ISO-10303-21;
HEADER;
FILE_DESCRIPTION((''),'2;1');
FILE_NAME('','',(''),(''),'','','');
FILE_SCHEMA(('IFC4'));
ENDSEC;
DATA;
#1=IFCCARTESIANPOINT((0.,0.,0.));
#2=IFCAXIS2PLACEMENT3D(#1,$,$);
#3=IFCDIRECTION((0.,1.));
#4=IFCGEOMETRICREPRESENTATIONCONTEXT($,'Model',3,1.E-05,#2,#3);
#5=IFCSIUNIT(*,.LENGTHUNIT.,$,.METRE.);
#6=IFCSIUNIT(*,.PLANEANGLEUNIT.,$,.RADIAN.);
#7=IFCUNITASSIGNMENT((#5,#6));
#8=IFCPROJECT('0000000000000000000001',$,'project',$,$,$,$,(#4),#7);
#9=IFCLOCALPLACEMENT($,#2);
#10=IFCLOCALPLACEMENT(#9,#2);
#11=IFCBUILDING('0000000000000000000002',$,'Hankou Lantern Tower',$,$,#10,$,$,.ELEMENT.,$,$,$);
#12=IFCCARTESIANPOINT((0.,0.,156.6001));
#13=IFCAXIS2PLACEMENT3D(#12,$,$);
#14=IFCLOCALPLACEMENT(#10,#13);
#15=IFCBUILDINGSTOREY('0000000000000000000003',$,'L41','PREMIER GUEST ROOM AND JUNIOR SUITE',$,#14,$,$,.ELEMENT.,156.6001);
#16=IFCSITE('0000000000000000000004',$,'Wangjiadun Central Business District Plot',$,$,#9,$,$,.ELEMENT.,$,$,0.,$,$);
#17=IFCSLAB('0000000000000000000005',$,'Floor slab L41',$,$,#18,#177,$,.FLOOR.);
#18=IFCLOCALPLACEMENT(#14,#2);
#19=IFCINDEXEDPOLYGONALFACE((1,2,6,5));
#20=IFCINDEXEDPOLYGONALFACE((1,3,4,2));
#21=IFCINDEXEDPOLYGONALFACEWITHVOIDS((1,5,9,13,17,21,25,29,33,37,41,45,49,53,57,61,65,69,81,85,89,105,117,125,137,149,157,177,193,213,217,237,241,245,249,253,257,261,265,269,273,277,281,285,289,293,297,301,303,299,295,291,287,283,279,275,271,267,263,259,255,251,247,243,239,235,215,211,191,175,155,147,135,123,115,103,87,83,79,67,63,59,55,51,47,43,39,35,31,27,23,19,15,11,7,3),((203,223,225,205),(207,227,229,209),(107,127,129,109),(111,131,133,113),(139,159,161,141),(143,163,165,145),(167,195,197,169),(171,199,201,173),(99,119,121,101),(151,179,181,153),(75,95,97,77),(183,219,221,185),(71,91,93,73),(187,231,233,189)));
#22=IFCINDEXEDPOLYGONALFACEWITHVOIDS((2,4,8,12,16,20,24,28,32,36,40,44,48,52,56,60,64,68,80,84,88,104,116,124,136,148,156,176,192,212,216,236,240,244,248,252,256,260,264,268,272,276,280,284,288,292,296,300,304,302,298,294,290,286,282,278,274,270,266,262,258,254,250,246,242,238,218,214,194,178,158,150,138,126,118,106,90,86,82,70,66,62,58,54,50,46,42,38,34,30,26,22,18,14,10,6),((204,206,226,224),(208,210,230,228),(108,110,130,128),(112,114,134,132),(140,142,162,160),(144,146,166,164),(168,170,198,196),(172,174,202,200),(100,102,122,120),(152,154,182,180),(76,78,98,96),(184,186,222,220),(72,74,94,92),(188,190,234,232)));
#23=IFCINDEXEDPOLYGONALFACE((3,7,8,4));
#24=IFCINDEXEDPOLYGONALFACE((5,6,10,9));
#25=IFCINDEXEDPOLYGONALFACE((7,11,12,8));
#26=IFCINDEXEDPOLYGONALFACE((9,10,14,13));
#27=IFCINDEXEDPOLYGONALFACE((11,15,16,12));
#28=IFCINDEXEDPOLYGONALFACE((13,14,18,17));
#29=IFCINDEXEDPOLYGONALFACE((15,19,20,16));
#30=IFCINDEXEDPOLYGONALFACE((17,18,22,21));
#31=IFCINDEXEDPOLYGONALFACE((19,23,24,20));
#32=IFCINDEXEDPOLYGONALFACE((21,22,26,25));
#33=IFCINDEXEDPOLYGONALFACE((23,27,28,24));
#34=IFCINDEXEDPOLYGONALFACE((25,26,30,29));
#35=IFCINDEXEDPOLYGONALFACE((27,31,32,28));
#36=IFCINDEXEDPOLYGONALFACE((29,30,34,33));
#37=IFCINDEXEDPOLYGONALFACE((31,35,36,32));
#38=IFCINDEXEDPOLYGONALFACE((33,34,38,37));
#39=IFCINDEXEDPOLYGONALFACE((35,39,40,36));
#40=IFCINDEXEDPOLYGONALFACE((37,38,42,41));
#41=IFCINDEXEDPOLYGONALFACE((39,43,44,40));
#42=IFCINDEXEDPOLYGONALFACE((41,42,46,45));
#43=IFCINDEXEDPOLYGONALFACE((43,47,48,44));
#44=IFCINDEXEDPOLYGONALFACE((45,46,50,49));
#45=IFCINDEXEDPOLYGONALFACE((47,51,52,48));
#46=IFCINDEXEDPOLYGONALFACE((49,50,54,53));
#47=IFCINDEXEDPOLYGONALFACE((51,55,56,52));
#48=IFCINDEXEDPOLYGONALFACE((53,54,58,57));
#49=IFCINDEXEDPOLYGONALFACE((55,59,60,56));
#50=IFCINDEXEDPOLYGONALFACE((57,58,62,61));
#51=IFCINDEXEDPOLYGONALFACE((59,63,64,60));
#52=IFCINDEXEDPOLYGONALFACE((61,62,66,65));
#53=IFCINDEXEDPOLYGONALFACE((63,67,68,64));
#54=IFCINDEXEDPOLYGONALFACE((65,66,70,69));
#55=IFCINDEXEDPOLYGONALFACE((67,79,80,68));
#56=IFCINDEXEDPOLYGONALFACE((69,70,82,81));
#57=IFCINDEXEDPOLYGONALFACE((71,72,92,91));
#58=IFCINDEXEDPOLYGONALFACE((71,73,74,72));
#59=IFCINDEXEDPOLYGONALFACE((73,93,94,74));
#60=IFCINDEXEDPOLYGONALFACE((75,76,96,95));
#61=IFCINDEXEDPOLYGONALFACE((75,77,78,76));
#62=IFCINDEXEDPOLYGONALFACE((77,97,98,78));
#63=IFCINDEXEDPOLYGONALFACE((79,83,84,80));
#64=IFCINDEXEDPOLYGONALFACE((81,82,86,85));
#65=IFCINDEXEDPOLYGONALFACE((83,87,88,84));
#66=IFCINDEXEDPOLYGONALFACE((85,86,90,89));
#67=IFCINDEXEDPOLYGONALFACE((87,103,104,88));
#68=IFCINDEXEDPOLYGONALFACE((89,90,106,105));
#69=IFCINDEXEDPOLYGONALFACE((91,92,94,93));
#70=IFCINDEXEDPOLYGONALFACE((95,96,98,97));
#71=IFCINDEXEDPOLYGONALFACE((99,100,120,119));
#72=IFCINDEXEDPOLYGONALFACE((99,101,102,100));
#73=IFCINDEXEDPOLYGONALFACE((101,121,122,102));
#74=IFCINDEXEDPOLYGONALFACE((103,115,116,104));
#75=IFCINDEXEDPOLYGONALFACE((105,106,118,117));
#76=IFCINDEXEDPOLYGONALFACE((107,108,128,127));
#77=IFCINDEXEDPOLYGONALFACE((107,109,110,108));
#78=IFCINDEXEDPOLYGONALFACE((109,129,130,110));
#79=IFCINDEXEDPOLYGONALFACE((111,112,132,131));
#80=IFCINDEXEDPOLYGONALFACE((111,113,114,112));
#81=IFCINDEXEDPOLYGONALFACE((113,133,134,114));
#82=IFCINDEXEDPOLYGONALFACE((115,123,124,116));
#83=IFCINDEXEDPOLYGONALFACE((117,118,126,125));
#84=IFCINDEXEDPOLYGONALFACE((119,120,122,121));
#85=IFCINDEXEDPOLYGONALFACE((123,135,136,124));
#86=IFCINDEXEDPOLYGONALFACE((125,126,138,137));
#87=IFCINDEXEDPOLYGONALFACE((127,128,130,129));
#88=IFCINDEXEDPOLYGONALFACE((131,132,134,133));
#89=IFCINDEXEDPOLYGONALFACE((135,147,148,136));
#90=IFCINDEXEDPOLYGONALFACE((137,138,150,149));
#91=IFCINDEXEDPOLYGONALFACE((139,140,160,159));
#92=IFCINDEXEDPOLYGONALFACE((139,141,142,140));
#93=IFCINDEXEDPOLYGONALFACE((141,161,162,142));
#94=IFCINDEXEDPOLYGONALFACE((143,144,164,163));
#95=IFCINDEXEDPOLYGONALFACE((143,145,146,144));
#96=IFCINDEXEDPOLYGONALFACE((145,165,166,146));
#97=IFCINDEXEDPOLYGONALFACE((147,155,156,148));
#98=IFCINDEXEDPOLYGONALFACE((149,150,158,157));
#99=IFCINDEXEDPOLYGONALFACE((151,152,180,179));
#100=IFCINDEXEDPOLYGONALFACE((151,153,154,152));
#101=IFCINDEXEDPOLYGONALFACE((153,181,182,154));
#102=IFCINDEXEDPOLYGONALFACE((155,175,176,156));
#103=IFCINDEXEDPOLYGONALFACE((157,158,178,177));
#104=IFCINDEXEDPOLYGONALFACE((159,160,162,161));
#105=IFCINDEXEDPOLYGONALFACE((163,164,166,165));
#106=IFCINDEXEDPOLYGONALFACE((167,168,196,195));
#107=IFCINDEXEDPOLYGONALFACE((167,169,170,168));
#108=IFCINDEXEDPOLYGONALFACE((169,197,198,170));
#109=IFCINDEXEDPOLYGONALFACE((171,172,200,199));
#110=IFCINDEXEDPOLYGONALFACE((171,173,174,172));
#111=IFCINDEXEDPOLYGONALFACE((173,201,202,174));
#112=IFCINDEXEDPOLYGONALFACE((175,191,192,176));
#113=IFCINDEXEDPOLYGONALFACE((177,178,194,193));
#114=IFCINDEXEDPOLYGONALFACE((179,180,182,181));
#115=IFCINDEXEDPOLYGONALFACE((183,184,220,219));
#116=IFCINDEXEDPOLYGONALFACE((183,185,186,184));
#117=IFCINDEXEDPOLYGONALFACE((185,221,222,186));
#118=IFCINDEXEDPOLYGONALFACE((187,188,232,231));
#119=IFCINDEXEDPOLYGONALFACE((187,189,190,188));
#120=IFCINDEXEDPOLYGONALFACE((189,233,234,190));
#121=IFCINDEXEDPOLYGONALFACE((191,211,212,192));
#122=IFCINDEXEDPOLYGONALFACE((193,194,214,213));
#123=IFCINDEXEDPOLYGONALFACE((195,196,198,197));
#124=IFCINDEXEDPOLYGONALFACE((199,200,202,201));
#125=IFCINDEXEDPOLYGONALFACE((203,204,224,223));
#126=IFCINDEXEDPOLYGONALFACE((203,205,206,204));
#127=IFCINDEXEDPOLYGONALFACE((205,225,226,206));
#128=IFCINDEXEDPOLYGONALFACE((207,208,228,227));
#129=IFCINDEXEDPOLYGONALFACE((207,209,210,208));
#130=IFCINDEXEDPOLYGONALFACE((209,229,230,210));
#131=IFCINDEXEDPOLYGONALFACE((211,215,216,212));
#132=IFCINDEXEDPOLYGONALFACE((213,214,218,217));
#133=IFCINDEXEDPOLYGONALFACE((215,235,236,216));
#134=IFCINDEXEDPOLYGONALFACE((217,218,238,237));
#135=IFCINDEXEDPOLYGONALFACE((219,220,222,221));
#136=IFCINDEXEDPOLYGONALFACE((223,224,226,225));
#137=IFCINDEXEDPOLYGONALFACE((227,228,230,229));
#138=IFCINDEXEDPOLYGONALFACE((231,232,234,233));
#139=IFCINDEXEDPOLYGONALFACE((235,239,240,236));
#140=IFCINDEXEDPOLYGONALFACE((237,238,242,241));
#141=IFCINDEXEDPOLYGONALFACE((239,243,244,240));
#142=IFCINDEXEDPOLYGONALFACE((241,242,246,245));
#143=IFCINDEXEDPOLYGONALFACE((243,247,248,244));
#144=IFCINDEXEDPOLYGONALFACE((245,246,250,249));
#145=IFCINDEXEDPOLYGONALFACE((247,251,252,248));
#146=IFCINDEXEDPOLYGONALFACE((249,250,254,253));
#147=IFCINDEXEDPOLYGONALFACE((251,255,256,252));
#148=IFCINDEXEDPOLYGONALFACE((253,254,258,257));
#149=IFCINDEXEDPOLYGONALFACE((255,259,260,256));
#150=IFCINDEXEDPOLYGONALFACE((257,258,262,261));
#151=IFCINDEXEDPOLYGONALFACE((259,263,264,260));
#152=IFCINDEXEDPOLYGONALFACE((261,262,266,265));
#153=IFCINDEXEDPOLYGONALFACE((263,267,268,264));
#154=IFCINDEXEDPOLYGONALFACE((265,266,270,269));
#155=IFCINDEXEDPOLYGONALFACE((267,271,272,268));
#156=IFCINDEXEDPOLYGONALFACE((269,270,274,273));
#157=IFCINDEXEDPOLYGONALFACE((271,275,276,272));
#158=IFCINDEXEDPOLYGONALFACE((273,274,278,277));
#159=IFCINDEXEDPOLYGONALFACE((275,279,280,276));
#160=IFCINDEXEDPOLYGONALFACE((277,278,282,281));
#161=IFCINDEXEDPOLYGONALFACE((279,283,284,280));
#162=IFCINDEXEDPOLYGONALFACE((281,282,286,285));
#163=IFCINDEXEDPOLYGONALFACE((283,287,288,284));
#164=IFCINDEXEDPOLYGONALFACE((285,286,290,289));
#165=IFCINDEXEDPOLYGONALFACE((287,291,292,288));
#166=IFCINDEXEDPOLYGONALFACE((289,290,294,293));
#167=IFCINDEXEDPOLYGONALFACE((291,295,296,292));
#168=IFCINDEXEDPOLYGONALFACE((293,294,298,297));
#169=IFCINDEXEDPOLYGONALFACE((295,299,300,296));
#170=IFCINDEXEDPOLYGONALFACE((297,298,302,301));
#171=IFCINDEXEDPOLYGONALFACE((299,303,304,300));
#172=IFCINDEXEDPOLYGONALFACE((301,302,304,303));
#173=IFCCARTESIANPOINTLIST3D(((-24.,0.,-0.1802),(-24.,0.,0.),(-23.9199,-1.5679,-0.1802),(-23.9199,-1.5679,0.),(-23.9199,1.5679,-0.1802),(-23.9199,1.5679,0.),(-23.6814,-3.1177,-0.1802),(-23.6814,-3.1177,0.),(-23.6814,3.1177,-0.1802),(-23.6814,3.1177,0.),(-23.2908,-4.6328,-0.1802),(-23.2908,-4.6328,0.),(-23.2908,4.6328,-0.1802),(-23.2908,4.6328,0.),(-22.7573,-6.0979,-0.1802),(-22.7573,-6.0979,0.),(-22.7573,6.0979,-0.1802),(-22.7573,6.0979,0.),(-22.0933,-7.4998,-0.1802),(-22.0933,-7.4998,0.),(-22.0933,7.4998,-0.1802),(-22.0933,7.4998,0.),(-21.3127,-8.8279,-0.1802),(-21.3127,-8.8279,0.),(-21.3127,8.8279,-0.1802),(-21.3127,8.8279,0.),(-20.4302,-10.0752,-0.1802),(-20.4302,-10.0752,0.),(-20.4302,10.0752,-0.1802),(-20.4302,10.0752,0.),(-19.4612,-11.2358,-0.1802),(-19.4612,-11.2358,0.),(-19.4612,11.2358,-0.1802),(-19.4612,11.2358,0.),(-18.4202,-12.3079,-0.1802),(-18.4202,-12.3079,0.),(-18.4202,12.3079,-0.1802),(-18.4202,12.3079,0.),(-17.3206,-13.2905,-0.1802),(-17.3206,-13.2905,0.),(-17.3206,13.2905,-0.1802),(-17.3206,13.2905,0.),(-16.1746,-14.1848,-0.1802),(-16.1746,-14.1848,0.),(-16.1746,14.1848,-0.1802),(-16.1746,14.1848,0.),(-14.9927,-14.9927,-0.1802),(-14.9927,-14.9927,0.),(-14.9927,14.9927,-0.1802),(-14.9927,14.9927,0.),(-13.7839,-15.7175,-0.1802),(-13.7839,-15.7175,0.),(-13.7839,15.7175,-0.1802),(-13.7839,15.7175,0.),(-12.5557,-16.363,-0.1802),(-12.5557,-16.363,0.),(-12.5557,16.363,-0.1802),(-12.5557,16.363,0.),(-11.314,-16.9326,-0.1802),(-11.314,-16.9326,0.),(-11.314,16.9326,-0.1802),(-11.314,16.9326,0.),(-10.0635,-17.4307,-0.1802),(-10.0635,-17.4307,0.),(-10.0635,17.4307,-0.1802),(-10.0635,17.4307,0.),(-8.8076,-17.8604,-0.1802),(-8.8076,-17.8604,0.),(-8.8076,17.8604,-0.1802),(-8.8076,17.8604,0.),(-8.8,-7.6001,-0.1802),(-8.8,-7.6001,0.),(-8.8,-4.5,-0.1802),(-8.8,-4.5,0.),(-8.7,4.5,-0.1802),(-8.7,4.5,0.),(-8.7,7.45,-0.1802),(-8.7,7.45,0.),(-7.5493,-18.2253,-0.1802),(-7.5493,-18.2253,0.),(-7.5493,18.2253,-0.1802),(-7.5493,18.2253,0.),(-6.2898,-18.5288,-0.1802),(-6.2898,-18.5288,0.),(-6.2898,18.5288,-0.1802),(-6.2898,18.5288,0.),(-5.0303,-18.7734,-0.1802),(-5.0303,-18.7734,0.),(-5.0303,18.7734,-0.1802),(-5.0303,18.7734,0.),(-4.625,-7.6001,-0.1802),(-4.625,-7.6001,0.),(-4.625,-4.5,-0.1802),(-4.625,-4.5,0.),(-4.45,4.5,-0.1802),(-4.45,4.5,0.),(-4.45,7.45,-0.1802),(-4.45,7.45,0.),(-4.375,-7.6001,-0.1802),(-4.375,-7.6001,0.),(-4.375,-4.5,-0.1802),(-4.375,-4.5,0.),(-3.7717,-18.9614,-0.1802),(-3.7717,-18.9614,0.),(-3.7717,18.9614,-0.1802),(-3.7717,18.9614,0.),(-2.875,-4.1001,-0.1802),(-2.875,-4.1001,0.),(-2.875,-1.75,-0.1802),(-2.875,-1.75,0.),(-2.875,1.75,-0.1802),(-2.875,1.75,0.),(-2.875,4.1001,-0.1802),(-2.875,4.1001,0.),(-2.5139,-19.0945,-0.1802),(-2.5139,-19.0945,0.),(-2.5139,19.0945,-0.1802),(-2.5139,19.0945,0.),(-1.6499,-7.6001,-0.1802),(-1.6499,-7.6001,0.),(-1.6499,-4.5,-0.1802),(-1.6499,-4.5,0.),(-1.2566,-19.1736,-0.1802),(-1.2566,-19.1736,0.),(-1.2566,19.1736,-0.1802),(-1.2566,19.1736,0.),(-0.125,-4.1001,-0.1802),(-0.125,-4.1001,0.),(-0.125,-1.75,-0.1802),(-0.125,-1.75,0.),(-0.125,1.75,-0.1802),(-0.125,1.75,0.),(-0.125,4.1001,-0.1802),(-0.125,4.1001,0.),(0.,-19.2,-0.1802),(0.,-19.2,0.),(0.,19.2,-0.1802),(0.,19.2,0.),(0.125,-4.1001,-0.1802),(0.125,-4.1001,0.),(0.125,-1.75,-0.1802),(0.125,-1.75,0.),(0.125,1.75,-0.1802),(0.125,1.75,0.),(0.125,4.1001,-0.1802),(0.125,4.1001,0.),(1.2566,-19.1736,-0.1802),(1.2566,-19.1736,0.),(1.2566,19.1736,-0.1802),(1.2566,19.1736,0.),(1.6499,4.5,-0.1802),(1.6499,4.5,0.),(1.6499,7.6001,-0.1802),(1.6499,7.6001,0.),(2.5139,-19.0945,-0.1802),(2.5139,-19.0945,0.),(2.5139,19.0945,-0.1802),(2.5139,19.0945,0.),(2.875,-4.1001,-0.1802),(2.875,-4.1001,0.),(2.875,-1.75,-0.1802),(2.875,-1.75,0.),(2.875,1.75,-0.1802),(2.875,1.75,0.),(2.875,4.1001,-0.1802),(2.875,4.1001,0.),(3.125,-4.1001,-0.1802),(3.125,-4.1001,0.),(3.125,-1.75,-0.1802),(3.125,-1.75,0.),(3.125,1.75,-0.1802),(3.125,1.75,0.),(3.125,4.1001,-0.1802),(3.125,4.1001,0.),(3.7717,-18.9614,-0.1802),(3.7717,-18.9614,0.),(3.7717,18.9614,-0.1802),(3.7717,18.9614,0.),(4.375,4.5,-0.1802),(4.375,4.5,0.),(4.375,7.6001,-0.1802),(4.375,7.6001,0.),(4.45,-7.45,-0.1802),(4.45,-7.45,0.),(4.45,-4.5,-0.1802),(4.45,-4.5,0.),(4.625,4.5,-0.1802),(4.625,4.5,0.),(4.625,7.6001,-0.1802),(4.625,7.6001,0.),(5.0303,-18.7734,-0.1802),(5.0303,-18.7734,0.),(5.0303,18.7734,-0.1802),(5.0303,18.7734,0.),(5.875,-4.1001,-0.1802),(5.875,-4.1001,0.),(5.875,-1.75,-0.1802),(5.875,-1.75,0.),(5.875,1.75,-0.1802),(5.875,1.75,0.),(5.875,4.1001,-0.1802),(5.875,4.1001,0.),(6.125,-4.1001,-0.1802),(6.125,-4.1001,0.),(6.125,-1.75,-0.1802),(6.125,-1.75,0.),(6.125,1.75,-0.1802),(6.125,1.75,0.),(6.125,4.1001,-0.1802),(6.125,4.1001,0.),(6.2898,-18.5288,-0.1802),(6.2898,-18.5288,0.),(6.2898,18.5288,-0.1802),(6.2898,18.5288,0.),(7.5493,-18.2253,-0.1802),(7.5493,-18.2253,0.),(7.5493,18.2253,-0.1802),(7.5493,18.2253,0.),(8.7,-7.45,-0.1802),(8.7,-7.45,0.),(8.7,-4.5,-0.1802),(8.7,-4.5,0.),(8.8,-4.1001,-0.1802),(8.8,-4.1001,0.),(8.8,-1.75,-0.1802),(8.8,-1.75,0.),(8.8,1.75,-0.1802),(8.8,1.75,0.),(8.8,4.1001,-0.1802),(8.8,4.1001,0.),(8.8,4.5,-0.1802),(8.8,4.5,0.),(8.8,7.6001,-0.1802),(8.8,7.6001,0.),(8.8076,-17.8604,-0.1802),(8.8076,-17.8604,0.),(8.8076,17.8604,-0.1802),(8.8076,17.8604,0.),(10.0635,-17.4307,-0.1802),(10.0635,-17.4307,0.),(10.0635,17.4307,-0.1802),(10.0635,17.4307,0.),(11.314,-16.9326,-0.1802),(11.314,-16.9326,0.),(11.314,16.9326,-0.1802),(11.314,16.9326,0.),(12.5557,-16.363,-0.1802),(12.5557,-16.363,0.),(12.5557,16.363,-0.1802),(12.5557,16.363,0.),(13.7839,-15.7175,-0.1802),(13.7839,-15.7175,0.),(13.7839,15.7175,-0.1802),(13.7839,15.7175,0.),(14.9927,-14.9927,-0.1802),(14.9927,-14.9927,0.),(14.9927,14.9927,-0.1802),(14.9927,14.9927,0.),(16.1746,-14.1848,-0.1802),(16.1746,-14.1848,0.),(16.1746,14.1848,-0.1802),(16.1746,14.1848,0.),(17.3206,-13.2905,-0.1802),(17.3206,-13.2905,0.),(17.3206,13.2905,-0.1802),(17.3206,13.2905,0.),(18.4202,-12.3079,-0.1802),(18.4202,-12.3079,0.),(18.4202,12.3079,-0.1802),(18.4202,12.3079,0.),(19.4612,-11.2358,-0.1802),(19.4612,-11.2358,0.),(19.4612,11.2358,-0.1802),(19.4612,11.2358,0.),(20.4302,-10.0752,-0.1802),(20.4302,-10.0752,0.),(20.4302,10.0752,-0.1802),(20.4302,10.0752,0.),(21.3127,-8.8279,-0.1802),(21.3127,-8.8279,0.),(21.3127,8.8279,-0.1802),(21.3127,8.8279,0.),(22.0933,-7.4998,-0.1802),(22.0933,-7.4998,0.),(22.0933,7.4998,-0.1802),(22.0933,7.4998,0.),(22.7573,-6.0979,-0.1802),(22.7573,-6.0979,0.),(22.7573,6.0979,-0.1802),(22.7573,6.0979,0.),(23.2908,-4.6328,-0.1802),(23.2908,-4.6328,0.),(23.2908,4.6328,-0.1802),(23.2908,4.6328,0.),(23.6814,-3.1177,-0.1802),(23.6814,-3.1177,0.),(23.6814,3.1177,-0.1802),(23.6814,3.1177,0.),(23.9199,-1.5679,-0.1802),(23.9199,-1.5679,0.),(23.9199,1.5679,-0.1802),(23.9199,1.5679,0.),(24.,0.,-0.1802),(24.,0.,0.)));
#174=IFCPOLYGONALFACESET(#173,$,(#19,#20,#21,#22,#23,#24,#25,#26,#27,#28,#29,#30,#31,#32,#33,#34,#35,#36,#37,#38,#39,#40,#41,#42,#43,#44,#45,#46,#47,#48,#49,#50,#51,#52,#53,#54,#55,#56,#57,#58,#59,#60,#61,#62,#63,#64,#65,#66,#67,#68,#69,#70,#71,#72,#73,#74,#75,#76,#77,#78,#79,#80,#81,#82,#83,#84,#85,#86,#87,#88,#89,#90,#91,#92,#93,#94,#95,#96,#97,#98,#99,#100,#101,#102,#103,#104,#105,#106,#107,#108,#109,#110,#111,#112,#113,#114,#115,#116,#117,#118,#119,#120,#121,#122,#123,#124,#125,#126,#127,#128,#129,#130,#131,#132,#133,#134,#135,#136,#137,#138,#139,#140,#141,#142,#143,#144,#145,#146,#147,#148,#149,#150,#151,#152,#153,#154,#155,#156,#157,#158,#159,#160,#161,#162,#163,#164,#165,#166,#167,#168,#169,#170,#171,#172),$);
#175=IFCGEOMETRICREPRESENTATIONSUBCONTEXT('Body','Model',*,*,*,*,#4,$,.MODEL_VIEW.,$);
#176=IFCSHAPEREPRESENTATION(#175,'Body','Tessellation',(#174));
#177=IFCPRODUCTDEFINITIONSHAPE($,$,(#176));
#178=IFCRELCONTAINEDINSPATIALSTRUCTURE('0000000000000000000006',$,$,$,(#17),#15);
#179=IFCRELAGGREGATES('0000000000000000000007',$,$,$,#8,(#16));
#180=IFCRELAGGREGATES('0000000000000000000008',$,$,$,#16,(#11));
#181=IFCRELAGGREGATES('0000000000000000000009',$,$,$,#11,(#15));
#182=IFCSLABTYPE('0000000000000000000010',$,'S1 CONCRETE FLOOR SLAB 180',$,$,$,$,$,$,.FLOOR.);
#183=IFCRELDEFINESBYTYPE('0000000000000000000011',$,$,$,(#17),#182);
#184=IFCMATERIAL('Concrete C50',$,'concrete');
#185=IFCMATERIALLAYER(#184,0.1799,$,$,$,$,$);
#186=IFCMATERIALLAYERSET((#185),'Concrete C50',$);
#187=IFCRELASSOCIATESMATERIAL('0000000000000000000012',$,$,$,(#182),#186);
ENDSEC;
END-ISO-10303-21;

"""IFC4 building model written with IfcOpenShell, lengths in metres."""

from ifc_helpers import new_model, si_unit, direction, frame, origin, place, context, subcontext, project, spatial, polyline, outline, extrude, material, layer, layer_set, type_object, element, save


model = new_model("IFC4")

# Units and contexts
model_context = context("Model", 3, precision=1e-05, world=origin(), true_north=direction((0.0, 1.0)))
body_context = subcontext(model_context, "Body", "Model", "MODEL_VIEW")
ifc_project = project(units=[si_unit("LENGTHUNIT", "METRE"), si_unit("PLANEANGLEUNIT", "RADIAN")], contexts=[model_context])

# Site, building, storey
site_placement = place(None, origin())
site = spatial("IfcSite", under=ifc_project, at=site_placement, Name="Wangjiadun Central Business District Plot", CompositionType="ELEMENT", RefElevation=0.0)
building_placement = place(site_placement, origin())
building = spatial("IfcBuilding", under=site, at=building_placement, Name="Hankou Lantern Tower", CompositionType="ELEMENT")
storey_placement = place(building_placement, frame((0.0, 0.0, 156.6001)))
storey = spatial("IfcBuildingStorey", under=building, at=storey_placement, Name="L41", Description="PREMIER GUEST ROOM AND JUNIOR SUITE", CompositionType="ELEMENT", Elevation=156.6001)

# Slab
ifc_material_1 = material(Name="Concrete C50", Category="concrete")
ifc_layer_1 = layer(ifc_material_1, 0.1799)
ifc_layer_set_1 = layer_set([ifc_layer_1], Name="Concrete C50")
slab_type_1 = type_object("IfcSlabType", Name="S1 CONCRETE FLOOR SLAB 180", PredefinedType="FLOOR", material=ifc_layer_set_1)
slab_1_placement = place(storey_placement, frame((0.0, 0.0, -0.1802)))
element("IfcSlab", 1, at=slab_1_placement, inside=storey, type_object=slab_type_1, Name="Floor slab L41", PredefinedType="FLOOR", context=body_context, shape_type="SweptSolid", body=[
    extrude(outline(polyline([(24.0, 0.0), (23.9199, 1.5679), (23.6814, 3.1177), (23.2908, 4.6328), (22.7573, 6.0979), (22.0933, 7.4998), (21.3127, 8.8279), (20.4302, 10.0752), (19.4612, 11.2358), (18.4202, 12.3079), (17.3206, 13.2905), (16.1746, 14.1848), (14.9927, 14.9927), (13.7839, 15.7175), (12.5557, 16.363), (11.314, 16.9326), (10.0635, 17.4307), (8.8076, 17.8604), (7.5493, 18.2253), (6.2898, 18.5288), (5.0303, 18.7734), (3.7717, 18.9614), (2.5139, 19.0945), (1.2566, 19.1736), (0.0, 19.2), (-1.2566, 19.1736), (-2.5139, 19.0945), (-3.7717, 18.9614), (-5.0303, 18.7734), (-6.2898, 18.5288), (-7.5493, 18.2253), (-8.8076, 17.8604), (-10.0635, 17.4307), (-11.314, 16.9326), (-12.5557, 16.363), (-13.7839, 15.7175), (-14.9927, 14.9927), (-16.1746, 14.1848), (-17.3206, 13.2905), (-18.4202, 12.3079), (-19.4612, 11.2358), (-20.4302, 10.0752), (-21.3127, 8.8279), (-22.0933, 7.4998), (-22.7573, 6.0979), (-23.2908, 4.6328), (-23.6814, 3.1177), (-23.9199, 1.5679), (-24.0, 0.0), (-23.9199, -1.5679), (-23.6814, -3.1177), (-23.2908, -4.6328), (-22.7573, -6.0979), (-22.0933, -7.4998), (-21.3127, -8.8279), (-20.4302, -10.0752), (-19.4612, -11.2358), (-18.4202, -12.3079), (-17.3206, -13.2905), (-16.1746, -14.1848), (-14.9927, -14.9927), (-13.7839, -15.7175), (-12.5557, -16.363), (-11.314, -16.9326), (-10.0635, -17.4307), (-8.8076, -17.8604), (-7.5493, -18.2253), (-6.2898, -18.5288), (-5.0303, -18.7734), (-3.7717, -18.9614), (-2.5139, -19.0945), (-1.2566, -19.1736), (0.0, -19.2), (1.2566, -19.1736), (2.5139, -19.0945), (3.7717, -18.9614), (5.0303, -18.7734), (6.2898, -18.5288), (7.5493, -18.2253), (8.8076, -17.8604), (10.0635, -17.4307), (11.314, -16.9326), (12.5557, -16.363), (13.7839, -15.7175), (14.9927, -14.9927), (16.1746, -14.1848), (17.3206, -13.2905), (18.4202, -12.3079), (19.4612, -11.2358), (20.4302, -10.0752), (21.3127, -8.8279), (22.0933, -7.4998), (22.7573, -6.0979), (23.2908, -4.6328), (23.6814, -3.1177), (23.9199, -1.5679), (24.0, 0.0)]), holes=[polyline([(-2.875, 4.1001), (-0.125, 4.1001), (-0.125, 1.75), (-2.875, 1.75), (-2.875, 4.1001)]), polyline([(0.125, 4.1001), (2.875, 4.1001), (2.875, 1.75), (0.125, 1.75), (0.125, 4.1001)]), polyline([(3.125, 4.1001), (5.875, 4.1001), (5.875, 1.75), (3.125, 1.75), (3.125, 4.1001)]), polyline([(6.125, 4.1001), (8.8, 4.1001), (8.8, 1.75), (6.125, 1.75), (6.125, 4.1001)]), polyline([(-2.875, -1.75), (-0.125, -1.75), (-0.125, -4.1001), (-2.875, -4.1001), (-2.875, -1.75)]), polyline([(0.125, -1.75), (2.875, -1.75), (2.875, -4.1001), (0.125, -4.1001), (0.125, -1.75)]), polyline([(3.125, -1.75), (5.875, -1.75), (5.875, -4.1001), (3.125, -4.1001), (3.125, -1.75)]), polyline([(6.125, -1.75), (8.8, -1.75), (8.8, -4.1001), (6.125, -4.1001), (6.125, -1.75)]), polyline([(1.6499, 7.6001), (4.375, 7.6001), (4.375, 4.5), (1.6499, 4.5), (1.6499, 7.6001)]), polyline([(-4.375, -4.5), (-1.6499, -4.5), (-1.6499, -7.6001), (-4.375, -7.6001), (-4.375, -4.5)]), polyline([(-8.7, 7.45), (-4.45, 7.45), (-4.45, 4.5), (-8.7, 4.5), (-8.7, 7.45)]), polyline([(4.45, -4.5), (8.7, -4.5), (8.7, -7.45), (4.45, -7.45), (4.45, -4.5)]), polyline([(4.625, 7.6001), (8.8, 7.6001), (8.8, 4.5), (4.625, 4.5), (4.625, 7.6001)]), polyline([(-8.8, -4.5), (-4.625, -4.5), (-4.625, -7.6001), (-8.8, -7.6001), (-8.8, -4.5)])]), origin(), (0.0, 0.0, 1.0), 0.1802),
])

save(model, "model.ifc")
